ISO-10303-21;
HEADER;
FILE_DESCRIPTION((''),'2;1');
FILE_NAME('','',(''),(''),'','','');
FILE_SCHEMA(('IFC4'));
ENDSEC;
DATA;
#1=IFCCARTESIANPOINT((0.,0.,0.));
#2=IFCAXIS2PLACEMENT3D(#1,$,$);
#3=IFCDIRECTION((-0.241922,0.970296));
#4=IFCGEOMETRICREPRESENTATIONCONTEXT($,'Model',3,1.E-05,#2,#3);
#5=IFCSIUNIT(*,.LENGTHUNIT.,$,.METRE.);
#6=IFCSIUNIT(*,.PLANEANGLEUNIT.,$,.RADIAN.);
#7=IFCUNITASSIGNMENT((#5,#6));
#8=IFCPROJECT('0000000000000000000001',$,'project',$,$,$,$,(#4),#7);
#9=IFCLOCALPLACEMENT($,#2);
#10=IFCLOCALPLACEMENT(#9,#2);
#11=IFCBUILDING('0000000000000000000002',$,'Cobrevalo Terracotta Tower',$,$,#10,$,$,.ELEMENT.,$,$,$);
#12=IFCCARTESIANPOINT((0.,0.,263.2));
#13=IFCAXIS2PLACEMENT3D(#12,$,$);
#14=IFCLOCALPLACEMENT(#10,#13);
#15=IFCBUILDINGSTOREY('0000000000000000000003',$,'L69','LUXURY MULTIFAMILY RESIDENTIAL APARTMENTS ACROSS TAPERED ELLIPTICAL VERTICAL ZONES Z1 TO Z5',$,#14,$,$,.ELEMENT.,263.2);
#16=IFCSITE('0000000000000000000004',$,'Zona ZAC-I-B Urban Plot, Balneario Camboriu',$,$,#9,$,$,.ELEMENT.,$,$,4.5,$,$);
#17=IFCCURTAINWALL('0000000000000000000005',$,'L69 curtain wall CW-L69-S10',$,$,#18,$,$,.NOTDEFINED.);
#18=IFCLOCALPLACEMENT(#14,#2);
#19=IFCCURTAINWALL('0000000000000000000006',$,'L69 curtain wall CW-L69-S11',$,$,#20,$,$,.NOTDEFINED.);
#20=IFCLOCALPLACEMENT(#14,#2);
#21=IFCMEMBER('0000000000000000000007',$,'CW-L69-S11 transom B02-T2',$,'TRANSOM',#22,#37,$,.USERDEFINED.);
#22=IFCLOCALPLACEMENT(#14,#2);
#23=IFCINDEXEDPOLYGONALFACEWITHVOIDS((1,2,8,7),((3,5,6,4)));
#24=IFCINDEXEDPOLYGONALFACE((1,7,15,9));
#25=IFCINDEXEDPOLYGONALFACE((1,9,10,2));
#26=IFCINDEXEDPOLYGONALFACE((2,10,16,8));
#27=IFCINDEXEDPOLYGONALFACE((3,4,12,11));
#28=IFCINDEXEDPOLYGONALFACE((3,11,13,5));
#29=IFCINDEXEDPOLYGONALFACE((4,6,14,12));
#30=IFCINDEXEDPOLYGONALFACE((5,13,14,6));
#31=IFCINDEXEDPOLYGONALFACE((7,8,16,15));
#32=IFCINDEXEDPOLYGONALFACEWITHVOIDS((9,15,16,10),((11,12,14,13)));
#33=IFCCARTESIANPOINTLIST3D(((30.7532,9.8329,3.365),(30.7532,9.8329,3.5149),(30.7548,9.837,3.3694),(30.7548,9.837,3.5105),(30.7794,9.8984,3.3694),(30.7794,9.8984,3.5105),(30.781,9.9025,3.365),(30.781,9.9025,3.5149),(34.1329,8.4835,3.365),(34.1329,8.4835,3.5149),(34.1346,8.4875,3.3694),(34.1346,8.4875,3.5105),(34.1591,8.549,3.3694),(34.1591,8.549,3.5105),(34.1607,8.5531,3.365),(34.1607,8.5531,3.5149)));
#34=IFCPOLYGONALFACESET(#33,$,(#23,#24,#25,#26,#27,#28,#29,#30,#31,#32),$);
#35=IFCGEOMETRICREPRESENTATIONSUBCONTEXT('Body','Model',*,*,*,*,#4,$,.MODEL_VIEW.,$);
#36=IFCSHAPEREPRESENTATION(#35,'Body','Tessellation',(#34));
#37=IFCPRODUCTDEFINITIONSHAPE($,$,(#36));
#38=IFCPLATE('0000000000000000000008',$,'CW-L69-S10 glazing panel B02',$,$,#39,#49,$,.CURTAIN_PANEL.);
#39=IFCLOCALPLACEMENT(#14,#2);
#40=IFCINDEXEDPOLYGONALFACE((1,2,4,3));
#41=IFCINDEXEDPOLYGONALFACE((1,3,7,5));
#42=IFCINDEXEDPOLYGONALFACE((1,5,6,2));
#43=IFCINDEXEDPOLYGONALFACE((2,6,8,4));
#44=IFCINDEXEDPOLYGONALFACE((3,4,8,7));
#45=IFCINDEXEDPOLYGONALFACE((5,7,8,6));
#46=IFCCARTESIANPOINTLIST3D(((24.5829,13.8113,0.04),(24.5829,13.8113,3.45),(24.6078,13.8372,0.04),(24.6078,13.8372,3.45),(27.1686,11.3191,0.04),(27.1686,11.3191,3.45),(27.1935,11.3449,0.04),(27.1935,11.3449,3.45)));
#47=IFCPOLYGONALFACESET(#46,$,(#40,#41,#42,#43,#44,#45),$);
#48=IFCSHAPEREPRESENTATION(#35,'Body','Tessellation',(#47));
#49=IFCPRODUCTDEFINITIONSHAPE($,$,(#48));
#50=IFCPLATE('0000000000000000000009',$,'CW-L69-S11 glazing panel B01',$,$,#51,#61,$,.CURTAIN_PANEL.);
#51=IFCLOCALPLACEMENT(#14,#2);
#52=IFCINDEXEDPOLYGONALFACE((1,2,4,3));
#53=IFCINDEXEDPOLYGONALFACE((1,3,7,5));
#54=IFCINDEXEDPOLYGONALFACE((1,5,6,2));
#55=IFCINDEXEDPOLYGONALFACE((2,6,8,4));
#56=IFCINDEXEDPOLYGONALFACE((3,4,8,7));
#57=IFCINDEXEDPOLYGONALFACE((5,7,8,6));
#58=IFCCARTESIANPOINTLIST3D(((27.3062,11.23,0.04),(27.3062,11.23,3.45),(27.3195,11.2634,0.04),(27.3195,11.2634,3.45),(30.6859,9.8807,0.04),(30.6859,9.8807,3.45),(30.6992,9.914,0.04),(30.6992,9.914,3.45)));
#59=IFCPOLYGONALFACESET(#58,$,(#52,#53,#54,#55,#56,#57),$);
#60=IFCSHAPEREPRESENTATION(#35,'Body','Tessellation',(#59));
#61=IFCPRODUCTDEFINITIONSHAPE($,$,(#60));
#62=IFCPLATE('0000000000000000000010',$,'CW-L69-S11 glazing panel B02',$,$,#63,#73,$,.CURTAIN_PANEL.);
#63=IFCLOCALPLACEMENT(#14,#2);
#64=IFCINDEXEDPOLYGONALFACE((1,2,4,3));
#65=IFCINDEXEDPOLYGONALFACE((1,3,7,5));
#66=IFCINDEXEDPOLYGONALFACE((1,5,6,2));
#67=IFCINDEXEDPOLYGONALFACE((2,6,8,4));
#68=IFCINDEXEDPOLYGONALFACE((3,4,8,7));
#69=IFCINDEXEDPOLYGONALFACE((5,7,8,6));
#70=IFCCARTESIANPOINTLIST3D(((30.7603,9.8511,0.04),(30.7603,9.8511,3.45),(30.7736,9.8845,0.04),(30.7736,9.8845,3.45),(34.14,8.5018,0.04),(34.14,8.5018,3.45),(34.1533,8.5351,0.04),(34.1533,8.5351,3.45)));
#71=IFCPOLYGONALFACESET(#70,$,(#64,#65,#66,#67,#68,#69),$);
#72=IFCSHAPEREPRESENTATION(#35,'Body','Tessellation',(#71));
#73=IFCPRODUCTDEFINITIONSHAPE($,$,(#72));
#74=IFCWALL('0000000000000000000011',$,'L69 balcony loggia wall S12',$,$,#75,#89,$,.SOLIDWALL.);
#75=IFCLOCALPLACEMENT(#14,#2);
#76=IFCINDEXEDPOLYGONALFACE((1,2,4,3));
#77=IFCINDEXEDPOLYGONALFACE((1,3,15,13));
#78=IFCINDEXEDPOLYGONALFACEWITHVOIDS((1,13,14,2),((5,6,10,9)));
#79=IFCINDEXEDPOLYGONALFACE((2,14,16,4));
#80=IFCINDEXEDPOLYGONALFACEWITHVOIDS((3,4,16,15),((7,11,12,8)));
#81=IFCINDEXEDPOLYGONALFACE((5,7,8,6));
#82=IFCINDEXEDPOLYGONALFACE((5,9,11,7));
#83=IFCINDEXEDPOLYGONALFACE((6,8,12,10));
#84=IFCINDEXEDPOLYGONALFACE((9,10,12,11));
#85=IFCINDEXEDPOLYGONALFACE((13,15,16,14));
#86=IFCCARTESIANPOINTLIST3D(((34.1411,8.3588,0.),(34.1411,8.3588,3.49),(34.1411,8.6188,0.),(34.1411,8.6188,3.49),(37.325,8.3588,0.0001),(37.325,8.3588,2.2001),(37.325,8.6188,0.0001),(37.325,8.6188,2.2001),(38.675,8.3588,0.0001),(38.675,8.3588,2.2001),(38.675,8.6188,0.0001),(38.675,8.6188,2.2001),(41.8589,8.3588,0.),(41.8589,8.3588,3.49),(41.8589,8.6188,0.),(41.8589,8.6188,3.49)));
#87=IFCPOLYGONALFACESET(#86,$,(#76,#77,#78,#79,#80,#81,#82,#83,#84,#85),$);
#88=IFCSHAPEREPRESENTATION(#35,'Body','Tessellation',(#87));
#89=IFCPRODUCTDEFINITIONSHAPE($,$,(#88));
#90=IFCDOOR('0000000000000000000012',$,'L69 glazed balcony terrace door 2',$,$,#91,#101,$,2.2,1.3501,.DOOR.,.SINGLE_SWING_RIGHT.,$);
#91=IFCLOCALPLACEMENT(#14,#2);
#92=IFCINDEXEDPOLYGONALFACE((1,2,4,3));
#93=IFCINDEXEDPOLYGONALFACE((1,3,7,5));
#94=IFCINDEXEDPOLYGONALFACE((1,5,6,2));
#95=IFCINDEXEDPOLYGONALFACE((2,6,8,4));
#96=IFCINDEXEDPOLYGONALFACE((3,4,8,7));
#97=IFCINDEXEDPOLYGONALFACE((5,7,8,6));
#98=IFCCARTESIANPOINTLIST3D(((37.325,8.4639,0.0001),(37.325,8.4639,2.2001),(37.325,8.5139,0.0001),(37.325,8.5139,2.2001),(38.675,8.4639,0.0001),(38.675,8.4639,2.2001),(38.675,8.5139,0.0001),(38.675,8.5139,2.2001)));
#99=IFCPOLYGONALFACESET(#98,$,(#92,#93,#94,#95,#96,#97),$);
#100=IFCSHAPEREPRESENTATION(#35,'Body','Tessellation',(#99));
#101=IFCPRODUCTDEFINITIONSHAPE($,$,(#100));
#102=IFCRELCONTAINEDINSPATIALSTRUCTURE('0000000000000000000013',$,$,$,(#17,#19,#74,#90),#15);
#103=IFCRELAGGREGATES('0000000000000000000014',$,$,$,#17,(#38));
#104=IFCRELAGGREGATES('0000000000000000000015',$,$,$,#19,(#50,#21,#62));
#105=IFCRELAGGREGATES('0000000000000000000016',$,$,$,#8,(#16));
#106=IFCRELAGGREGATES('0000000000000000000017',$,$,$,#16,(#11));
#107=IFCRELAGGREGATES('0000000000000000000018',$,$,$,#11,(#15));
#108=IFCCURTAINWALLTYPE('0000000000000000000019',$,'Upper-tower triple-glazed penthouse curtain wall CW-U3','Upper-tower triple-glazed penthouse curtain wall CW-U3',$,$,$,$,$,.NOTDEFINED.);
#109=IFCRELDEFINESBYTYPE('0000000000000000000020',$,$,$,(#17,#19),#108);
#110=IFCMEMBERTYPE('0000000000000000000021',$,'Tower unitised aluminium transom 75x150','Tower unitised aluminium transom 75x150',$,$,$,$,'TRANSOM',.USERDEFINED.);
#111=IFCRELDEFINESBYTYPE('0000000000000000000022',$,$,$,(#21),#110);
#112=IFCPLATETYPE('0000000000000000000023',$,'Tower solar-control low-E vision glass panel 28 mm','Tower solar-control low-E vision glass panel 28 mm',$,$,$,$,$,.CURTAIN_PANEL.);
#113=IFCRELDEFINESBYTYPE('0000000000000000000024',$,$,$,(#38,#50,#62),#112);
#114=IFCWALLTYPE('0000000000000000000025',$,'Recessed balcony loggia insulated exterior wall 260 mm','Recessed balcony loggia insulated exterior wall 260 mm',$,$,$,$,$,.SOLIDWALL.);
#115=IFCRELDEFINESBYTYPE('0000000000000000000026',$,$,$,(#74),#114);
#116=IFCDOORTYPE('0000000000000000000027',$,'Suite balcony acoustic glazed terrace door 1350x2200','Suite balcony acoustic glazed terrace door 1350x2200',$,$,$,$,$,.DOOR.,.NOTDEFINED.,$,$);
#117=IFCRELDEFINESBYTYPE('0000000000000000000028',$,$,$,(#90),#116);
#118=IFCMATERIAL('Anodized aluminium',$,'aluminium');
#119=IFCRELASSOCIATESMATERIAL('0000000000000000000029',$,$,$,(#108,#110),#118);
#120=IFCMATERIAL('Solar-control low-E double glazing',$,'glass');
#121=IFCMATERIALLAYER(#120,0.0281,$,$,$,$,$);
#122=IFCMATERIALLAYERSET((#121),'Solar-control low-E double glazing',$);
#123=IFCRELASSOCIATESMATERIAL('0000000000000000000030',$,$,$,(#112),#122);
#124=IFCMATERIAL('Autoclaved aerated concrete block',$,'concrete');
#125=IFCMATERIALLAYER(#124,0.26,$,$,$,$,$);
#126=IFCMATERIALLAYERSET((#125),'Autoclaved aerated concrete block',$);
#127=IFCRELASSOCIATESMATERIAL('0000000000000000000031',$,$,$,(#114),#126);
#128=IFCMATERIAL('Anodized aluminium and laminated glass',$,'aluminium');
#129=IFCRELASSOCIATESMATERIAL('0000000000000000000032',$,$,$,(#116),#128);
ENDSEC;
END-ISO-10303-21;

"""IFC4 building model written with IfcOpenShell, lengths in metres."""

from ifc_helpers import new_model, si_unit, direction, frame, frame_2d, origin, origin_2d, place, context, subcontext, project, spatial, rectangle, hollow_rectangle, extrude, source, transform, mapped, material, layer, layer_set, material_profile, profile_set, type_object, element, fill, aggregate, save


model = new_model("IFC4")

# Units and contexts
model_context = context("Model", 3, precision=1e-05, world=origin(), true_north=direction((-0.241922, 0.970296)))
body_context = subcontext(model_context, "Body", "Model", "MODEL_VIEW")
ifc_project = project(units=[si_unit("LENGTHUNIT", "METRE"), si_unit("PLANEANGLEUNIT", "RADIAN")], contexts=[model_context])

# Site, building, storey
site_placement = place(None, origin())
site = spatial("IfcSite", under=ifc_project, at=site_placement, Name="Zona ZAC-I-B Urban Plot, Balneario Camboriu", CompositionType="ELEMENT", RefElevation=4.5)
building_placement = place(site_placement, origin())
building = spatial("IfcBuilding", under=site, at=building_placement, Name="Cobrevalo Terracotta Tower", CompositionType="ELEMENT")
storey_placement = place(building_placement, frame((0.0, 0.0, 263.2)))
storey = spatial("IfcBuildingStorey", under=building, at=storey_placement, Name="L69", Description="LUXURY MULTIFAMILY RESIDENTIAL APARTMENTS ACROSS TAPERED ELLIPTICAL VERTICAL ZONES Z1 TO Z5", CompositionType="ELEMENT", Elevation=263.2)

# Curtain wall
ifc_material_1 = material(Name="Anodized aluminium", Category="aluminium")
curtain_wall_type = type_object("IfcCurtainWallType", Name="Upper-tower triple-glazed penthouse curtain wall CW-U3", Description="Upper-tower triple-glazed penthouse curtain wall CW-U3", PredefinedType="NOTDEFINED", material=ifc_material_1)
curtain_wall_1_placement = place(storey_placement, origin())
curtain_wall_1 = element("IfcCurtainWall", 1, at=curtain_wall_1_placement, inside=storey, type_object=curtain_wall_type, Name="L69 curtain wall CW-L69-S10", PredefinedType="NOTDEFINED")

# Curtain wall
curtain_wall_2_placement = place(storey_placement, origin())
curtain_wall_2 = element("IfcCurtainWall", 2, at=curtain_wall_2_placement, inside=storey, type_object=curtain_wall_type, Name="L69 curtain wall CW-L69-S11", PredefinedType="NOTDEFINED")

# Member
ifc_material_profile_1 = material_profile(ifc_material_1, hollow_rectangle(XDim=0.075, YDim=0.1499, WallThickness=0.0044, at=origin_2d()), Name="CWT 75x150")
ifc_profile_set_1 = profile_set([ifc_material_profile_1], Name="Anodized aluminium")
member_type_1 = type_object("IfcMemberType", Name="Tower unitised aluminium transom 75x150", Description="Tower unitised aluminium transom 75x150", ElementType="TRANSOM", PredefinedType="USERDEFINED", material=ifc_profile_set_1)
shared_shape_1 = source(origin(), body_context, "Body", "SweptSolid", [
    extrude(hollow_rectangle(XDim=0.075, YDim=0.1499, WallThickness=0.0044, at=origin_2d()), origin(), (0.0, 0.0, 1.0), 3.6392),
])
member_1_placement = place(storey_placement, frame((30.7671, 9.8677, 3.4399), z_axis=(0.928712, -0.370801, 0.0), x_axis=(0.370801, 0.928712, 0.0)))
member_1 = element("IfcMember", 3, at=member_1_placement, type_object=member_type_1, Name="CW-L69-S11 transom B02-T2", ObjectType="TRANSOM", PredefinedType="USERDEFINED", context=body_context, shape_type="MappedRepresentation", body=[
    mapped(shared_shape_1, transform((0.0, 0.0, 0.0), scale=1.0)),
])

# Plates
ifc_material_2 = material(Name="Solar-control low-E double glazing", Category="glass")
ifc_layer_1 = layer(ifc_material_2, 0.0281)
ifc_layer_set_1 = layer_set([ifc_layer_1], Name="Solar-control low-E double glazing")
plate_type = type_object("IfcPlateType", Name="Tower solar-control low-E vision glass panel 28 mm", Description="Tower solar-control low-E vision glass panel 28 mm", PredefinedType="CURTAIN_PANEL", material=ifc_layer_set_1)
shared_shape_2 = source(origin(), body_context, "Body", "SweptSolid", [
    extrude(rectangle(XDim=3.5913, YDim=0.0359, at=origin_2d()), origin(), (0.0, 0.0, 1.0), 3.4099),
])
plate_1_placement = place(storey_placement, frame((25.8882, 12.5781, 0.04), z_axis=(0.0, 0.0, 1.0), x_axis=(0.719997, -0.693978, 0.0)))
plate_1 = element("IfcPlate", 4, at=plate_1_placement, type_object=plate_type, Name="CW-L69-S10 glazing panel B02", PredefinedType="CURTAIN_PANEL", context=body_context, shape_type="MappedRepresentation", body=[
    mapped(shared_shape_2, transform((0.0, 0.0, 0.0), scale=1.0)),
])
aggregate(curtain_wall_1, [plate_1])
shared_shape_3 = source(origin(), body_context, "Body", "SweptSolid", [
    extrude(rectangle(XDim=3.6392, YDim=0.0359, at=origin_2d()), origin(), (0.0, 0.0, 1.0), 3.4099),
])
plate_2_placement = place(storey_placement, frame((29.0027, 10.572, 0.04), z_axis=(0.0, 0.0, 1.0), x_axis=(0.928718, -0.370786, 0.0)))
plate_2 = element("IfcPlate", 5, at=plate_2_placement, type_object=plate_type, Name="CW-L69-S11 glazing panel B01", PredefinedType="CURTAIN_PANEL", context=body_context, shape_type="MappedRepresentation", body=[
    mapped(shared_shape_3, transform((0.0, 0.0, 0.0), scale=1.0)),
])
plate_3_placement = place(storey_placement, frame((32.4568, 9.1931, 0.04), z_axis=(0.0, 0.0, 1.0), x_axis=(0.928718, -0.370786, 0.0)))
plate_3 = element("IfcPlate", 6, at=plate_3_placement, type_object=plate_type, Name="CW-L69-S11 glazing panel B02", PredefinedType="CURTAIN_PANEL", context=body_context, shape_type="MappedRepresentation", body=[
    mapped(shared_shape_3, transform((0.0, 0.0, 0.0), scale=1.0)),
])
aggregate(curtain_wall_2, [plate_2, member_1, plate_3])

# Wall, opening, door
ifc_material_3 = material(Name="Autoclaved aerated concrete block", Category="concrete")
ifc_layer_2 = layer(ifc_material_3, 0.26)
ifc_layer_set_2 = layer_set([ifc_layer_2], Name="Autoclaved aerated concrete block")
wall_type = type_object("IfcWallType", Name="Recessed balcony loggia insulated exterior wall 260 mm", Description="Recessed balcony loggia insulated exterior wall 260 mm", PredefinedType="SOLIDWALL", material=ifc_layer_set_2)
wall_placement = place(storey_placement, frame((34.1411, 8.4888, 0.0), z_axis=(0.0, 0.0, 1.0), x_axis=(1.0, 0.0, 0.0)))
wall = element("IfcWall", 7, at=wall_placement, inside=storey, type_object=wall_type, Name="L69 balcony loggia wall S12", PredefinedType="SOLIDWALL", context=body_context, shape_type="SweptSolid", body=[
    extrude(rectangle(XDim=7.7178, YDim=0.26, at=frame_2d((3.8589, 0.0))), origin(), (0.0, 0.0, 1.0), 3.49),
])
opening_placement = place(wall_placement, frame((3.1838, 0.0, 0.0)))
opening = element("IfcOpeningElement", 8, at=opening_placement, cuts=wall, PredefinedType="OPENING", context=body_context, shape_type="SweptSolid", body=[
    extrude(rectangle(XDim=1.3501, YDim=2.2, at=frame_2d((0.675, 1.1001))), frame((0.0, 0.1401, 0.0), z_axis=(0.0, -1.0, 0.0), x_axis=(1.0, 0.0, 0.0)), (0.0, 0.0, 1.0), 0.28),
])
ifc_material_4 = material(Name="Anodized aluminium and laminated glass", Category="aluminium")
door_type = type_object("IfcDoorType", Name="Suite balcony acoustic glazed terrace door 1350x2200", Description="Suite balcony acoustic glazed terrace door 1350x2200", OperationType="NOTDEFINED", PredefinedType="DOOR", material=ifc_material_4)
shared_shape_4 = source(origin(), body_context, "Body", "SweptSolid", [
    extrude(rectangle(XDim=1.3501, YDim=2.2, at=frame_2d((0.675, 1.1001))), frame((0.0, 0.0249, 0.0), z_axis=(0.0, -1.0, 0.0), x_axis=(1.0, 0.0, 0.0)), (0.0, 0.0, 1.0), 0.05),
])
door_placement = place(opening_placement, frame((1.3501, 0.0, 0.0), z_axis=(0.0, 0.0, 1.0), x_axis=(-1.0, 0.0, 0.0)))
door = element("IfcDoor", 9, at=door_placement, inside=storey, type_object=door_type, Name="L69 glazed balcony terrace door 2", OperationType="SINGLE_SWING_RIGHT", OverallHeight=2.2, OverallWidth=1.3501, PredefinedType="DOOR", context=body_context, shape_type="MappedRepresentation", body=[
    mapped(shared_shape_4, transform((0.0, 0.0, 0.0), scale=1.0)),
])
fill(opening, door)

save(model, "model.ifc")
